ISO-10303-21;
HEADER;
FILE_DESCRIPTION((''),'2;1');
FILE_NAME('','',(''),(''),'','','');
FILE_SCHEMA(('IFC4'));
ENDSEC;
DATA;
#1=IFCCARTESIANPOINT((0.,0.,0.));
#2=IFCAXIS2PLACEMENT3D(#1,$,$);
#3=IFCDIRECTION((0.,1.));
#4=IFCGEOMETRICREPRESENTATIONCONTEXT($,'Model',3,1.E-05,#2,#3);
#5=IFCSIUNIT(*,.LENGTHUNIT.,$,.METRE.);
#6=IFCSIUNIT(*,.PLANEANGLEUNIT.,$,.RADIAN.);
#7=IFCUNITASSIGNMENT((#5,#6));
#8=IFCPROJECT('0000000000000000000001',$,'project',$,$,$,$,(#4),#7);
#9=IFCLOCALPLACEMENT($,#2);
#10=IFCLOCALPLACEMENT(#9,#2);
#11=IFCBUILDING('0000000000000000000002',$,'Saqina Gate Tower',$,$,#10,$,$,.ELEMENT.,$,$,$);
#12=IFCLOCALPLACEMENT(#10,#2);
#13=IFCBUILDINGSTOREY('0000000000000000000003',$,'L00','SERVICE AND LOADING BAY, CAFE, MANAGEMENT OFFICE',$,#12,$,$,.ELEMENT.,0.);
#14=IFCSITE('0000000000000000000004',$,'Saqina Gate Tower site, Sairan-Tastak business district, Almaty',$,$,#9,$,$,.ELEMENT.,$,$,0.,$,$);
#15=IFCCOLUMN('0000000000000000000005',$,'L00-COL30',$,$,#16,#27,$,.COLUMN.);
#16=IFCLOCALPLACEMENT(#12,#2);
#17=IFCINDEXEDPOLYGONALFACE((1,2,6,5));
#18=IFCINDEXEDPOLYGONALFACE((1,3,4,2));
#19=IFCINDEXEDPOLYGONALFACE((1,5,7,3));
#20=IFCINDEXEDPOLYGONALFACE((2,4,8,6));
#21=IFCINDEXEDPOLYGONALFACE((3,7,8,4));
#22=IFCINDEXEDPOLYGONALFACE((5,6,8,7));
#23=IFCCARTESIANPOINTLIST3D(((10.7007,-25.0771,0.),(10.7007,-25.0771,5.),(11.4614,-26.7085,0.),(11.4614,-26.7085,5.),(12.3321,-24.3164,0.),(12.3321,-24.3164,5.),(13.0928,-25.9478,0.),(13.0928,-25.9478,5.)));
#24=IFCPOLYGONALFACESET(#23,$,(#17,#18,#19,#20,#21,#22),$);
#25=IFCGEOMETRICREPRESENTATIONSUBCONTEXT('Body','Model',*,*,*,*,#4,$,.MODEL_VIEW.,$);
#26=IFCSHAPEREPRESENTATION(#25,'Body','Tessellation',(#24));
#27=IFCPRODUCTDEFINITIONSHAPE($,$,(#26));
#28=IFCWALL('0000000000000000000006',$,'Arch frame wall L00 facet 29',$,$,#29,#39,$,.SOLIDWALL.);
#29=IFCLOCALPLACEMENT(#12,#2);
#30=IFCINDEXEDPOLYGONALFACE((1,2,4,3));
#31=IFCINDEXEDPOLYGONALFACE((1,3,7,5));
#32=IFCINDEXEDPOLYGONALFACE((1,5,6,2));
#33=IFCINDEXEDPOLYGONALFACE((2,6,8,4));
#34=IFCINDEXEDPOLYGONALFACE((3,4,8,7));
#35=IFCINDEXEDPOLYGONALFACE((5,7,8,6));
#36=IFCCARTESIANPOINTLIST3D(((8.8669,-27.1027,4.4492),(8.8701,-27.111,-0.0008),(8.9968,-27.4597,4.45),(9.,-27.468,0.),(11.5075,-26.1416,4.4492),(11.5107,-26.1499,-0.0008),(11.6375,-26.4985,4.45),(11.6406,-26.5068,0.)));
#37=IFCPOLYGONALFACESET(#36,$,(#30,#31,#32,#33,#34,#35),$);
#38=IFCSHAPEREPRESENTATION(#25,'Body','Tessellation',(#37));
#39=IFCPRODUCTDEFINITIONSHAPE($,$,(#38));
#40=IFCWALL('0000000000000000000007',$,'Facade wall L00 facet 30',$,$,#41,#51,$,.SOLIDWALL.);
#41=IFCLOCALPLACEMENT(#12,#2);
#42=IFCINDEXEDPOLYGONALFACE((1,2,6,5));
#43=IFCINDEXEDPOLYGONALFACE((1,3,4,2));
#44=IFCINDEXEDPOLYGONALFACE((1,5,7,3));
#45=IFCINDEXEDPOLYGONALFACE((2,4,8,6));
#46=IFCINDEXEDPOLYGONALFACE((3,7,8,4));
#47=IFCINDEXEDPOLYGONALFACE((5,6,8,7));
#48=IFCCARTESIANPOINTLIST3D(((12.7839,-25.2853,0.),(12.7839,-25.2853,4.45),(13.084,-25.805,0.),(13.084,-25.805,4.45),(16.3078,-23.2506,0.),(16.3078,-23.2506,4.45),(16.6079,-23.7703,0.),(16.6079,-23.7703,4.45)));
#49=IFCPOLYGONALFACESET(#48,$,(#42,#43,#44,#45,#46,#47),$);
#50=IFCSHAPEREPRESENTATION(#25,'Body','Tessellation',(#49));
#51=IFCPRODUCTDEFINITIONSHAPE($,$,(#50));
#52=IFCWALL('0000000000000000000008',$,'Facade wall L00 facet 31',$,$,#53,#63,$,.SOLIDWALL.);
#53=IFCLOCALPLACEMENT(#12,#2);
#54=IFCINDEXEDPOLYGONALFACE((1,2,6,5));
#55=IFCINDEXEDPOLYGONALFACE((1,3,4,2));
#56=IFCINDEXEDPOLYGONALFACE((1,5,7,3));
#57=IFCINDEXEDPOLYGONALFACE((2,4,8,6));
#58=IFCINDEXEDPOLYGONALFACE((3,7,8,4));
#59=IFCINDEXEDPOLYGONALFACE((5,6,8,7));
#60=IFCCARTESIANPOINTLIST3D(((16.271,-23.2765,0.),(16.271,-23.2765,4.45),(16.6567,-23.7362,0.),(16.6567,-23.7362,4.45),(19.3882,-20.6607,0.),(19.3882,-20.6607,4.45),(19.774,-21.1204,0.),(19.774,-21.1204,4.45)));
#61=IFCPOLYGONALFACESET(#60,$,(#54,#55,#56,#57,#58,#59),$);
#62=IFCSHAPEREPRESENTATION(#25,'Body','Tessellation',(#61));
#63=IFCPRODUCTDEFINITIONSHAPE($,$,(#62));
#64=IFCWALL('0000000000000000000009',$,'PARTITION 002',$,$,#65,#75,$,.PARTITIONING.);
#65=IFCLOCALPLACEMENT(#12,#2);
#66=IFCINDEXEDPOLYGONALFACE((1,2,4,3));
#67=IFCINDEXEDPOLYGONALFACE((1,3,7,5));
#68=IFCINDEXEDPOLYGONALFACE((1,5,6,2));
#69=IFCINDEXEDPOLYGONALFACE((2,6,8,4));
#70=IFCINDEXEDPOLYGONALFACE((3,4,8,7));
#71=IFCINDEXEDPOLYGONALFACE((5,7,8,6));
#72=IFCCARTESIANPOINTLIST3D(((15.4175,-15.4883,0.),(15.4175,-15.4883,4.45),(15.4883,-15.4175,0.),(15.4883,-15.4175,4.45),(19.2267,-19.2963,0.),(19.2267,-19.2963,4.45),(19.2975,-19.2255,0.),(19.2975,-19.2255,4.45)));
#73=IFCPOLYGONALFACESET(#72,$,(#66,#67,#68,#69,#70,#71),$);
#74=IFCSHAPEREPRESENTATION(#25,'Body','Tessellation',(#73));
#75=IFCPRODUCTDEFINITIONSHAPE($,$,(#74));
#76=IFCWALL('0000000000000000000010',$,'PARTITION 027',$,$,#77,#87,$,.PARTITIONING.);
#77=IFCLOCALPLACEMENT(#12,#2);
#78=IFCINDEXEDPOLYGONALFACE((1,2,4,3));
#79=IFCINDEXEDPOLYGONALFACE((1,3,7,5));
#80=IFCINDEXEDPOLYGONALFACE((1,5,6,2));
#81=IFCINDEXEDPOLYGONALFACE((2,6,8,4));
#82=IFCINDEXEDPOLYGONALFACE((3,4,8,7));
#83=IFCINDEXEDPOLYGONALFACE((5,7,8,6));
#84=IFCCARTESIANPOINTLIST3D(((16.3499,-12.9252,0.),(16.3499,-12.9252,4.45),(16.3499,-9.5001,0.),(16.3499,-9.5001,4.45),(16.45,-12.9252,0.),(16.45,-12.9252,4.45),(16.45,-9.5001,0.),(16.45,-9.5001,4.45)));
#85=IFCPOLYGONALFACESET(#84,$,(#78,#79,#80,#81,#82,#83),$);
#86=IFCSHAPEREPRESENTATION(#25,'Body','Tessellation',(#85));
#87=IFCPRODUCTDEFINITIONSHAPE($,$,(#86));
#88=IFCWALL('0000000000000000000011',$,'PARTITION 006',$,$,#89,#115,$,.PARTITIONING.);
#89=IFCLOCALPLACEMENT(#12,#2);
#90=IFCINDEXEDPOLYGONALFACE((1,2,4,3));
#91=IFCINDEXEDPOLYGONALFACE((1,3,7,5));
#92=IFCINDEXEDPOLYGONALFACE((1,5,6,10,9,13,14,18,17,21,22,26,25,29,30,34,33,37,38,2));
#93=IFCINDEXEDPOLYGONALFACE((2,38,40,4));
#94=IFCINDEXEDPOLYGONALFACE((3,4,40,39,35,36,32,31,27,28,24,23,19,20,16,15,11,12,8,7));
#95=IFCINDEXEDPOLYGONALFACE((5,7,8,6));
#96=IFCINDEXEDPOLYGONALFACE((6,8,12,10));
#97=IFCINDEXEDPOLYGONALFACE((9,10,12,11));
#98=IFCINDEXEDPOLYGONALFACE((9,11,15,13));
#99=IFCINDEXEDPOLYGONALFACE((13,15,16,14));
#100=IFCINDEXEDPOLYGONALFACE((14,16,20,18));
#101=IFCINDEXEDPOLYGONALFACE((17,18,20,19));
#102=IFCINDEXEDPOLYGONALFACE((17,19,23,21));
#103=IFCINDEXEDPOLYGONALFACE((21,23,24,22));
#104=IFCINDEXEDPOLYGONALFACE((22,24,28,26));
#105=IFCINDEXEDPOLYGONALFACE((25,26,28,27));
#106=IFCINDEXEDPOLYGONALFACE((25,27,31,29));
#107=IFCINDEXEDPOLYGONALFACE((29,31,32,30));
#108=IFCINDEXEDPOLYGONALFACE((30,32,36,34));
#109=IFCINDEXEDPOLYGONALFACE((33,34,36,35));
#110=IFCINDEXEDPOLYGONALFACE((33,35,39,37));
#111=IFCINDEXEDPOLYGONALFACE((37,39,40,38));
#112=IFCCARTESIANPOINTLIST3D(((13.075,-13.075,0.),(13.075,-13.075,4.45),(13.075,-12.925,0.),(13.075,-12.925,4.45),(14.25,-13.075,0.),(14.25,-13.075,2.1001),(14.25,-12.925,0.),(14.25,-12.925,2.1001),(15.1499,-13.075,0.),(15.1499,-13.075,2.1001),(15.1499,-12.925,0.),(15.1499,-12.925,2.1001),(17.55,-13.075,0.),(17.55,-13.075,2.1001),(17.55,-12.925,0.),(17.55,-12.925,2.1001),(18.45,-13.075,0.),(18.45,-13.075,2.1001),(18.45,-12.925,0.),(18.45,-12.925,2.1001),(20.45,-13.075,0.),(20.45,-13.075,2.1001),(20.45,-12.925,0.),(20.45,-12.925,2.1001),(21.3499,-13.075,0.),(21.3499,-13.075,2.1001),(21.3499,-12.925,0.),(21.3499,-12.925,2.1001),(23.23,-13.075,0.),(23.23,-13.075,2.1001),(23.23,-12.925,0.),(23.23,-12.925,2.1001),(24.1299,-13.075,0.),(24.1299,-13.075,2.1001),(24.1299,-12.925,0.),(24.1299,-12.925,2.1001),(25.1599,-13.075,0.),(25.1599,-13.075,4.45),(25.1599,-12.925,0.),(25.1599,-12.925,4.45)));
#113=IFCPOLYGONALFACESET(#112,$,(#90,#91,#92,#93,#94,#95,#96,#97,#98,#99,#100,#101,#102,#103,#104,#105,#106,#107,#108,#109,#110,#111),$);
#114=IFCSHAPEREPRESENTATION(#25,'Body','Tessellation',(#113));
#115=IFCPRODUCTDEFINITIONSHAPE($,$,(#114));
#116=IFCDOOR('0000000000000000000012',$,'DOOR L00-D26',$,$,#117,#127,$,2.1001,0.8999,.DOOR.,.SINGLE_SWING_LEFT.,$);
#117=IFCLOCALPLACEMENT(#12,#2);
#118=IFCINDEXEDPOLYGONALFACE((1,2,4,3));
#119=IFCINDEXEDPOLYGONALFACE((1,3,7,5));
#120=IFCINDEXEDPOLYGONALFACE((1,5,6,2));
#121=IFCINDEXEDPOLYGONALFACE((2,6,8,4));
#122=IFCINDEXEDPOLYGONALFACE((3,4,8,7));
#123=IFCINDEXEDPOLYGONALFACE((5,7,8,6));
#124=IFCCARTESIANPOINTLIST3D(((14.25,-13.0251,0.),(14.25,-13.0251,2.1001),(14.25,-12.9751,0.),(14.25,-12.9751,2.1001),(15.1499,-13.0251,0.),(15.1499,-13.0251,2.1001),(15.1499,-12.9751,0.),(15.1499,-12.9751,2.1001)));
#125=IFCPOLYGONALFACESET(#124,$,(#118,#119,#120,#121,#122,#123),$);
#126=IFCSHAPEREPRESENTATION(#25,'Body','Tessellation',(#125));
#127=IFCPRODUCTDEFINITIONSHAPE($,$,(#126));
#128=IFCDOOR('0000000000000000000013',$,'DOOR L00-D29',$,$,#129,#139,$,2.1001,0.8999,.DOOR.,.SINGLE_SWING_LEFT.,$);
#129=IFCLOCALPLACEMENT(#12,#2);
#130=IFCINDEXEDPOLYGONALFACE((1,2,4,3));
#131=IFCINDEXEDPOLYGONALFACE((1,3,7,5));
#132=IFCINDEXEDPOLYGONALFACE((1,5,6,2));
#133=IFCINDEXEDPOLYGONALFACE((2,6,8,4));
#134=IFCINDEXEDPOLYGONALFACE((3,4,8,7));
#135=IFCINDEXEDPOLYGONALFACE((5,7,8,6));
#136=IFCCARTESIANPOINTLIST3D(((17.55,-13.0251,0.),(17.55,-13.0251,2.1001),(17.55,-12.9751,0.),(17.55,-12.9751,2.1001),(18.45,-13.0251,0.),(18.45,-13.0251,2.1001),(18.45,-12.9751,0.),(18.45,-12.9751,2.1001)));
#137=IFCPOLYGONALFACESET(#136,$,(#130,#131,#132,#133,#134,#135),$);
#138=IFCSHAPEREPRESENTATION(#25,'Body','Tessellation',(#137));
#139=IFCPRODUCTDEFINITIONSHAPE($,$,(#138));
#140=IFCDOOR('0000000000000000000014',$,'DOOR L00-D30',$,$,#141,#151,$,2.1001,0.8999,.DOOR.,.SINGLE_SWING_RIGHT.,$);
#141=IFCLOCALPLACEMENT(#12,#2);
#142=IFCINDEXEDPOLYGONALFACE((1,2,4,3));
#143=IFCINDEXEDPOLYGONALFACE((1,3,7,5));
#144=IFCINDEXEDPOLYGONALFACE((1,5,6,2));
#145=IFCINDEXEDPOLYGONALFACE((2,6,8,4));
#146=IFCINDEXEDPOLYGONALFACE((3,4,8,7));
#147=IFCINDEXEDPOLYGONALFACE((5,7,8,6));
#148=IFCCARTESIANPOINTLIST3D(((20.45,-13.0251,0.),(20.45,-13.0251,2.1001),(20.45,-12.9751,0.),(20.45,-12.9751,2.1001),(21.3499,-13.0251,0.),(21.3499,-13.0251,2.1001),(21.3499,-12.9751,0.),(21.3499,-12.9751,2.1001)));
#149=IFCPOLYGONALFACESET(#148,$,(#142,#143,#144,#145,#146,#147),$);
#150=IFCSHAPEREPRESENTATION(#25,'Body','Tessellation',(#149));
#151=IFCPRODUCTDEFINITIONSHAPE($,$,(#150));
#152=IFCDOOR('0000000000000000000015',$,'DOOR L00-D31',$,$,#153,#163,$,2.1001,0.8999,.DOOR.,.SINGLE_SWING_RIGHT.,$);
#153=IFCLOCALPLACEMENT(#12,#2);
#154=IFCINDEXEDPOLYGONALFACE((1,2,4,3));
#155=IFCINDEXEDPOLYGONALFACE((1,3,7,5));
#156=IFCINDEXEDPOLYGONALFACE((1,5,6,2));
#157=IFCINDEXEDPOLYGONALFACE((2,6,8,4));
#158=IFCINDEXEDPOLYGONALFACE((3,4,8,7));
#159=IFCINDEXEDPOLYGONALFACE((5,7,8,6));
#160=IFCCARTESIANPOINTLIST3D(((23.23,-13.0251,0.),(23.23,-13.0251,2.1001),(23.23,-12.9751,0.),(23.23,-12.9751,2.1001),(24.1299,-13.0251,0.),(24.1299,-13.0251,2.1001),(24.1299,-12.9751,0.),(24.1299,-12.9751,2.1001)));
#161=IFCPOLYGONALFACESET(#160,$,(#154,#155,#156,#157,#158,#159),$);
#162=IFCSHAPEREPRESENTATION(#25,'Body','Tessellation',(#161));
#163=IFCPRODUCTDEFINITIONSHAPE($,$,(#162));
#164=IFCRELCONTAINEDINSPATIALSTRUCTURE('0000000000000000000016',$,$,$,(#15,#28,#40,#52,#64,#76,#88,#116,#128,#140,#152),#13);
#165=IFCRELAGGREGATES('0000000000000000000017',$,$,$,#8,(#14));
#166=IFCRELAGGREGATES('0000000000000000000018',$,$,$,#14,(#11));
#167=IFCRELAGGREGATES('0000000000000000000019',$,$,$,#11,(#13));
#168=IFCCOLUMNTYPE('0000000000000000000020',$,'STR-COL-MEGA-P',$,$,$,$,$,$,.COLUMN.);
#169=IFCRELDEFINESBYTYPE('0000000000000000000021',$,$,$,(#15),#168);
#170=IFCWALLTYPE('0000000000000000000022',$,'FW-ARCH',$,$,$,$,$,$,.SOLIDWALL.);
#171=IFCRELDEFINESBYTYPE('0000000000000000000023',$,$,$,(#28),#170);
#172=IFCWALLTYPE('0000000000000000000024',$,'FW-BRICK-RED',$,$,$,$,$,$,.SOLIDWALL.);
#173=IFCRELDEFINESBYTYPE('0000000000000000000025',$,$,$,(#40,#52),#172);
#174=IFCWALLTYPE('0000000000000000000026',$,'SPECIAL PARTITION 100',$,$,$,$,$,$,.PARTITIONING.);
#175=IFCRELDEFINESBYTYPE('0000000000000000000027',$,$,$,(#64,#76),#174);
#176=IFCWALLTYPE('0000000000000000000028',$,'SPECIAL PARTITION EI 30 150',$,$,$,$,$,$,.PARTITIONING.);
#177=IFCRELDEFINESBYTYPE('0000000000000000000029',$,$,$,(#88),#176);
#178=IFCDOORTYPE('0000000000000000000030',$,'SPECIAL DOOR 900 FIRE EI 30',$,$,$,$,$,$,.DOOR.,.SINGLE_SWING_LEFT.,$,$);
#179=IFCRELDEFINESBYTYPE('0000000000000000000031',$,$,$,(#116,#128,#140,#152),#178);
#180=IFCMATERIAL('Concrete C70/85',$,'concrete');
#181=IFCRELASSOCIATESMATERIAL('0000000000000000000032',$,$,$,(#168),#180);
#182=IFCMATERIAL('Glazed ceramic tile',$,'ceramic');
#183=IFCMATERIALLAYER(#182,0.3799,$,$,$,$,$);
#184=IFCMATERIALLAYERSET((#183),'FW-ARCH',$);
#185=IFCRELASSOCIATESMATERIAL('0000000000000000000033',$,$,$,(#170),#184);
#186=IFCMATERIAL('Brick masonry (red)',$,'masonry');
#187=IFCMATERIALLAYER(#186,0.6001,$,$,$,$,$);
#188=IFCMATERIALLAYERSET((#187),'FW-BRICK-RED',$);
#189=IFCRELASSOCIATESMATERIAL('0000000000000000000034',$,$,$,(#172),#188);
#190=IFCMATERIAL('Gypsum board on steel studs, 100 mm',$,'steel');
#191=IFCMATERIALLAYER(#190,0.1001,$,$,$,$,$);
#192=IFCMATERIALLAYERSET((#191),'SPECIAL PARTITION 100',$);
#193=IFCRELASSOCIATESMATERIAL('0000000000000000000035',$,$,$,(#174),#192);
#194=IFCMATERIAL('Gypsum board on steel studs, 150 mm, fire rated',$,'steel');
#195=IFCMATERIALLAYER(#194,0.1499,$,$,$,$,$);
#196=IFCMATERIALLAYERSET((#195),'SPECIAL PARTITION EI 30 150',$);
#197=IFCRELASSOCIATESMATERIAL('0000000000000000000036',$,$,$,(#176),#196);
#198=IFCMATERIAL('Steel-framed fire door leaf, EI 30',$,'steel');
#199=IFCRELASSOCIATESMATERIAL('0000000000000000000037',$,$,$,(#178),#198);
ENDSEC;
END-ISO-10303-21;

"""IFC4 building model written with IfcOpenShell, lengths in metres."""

from ifc_helpers import new_model, si_unit, direction, frame, frame_2d, origin, origin_2d, place, context, subcontext, project, spatial, polyline, rectangle, outline, extrude, material, layer, layer_set, material_profile, profile_set, type_object, element, fill, save


model = new_model("IFC4")

# Units and contexts
model_context = context("Model", 3, precision=1e-05, world=origin(), true_north=direction((0.0, 1.0)))
body_context = subcontext(model_context, "Body", "Model", "MODEL_VIEW")
ifc_project = project(units=[si_unit("LENGTHUNIT", "METRE"), si_unit("PLANEANGLEUNIT", "RADIAN")], contexts=[model_context])

# Site, building, storey
site_placement = place(None, origin())
site = spatial("IfcSite", under=ifc_project, at=site_placement, Name="Saqina Gate Tower site, Sairan-Tastak business district, Almaty", CompositionType="ELEMENT", RefElevation=0.0)
building_placement = place(site_placement, origin())
building = spatial("IfcBuilding", under=site, at=building_placement, Name="Saqina Gate Tower", CompositionType="ELEMENT")
storey_placement = place(building_placement, origin())
storey = spatial("IfcBuildingStorey", under=building, at=storey_placement, Name="L00", Description="SERVICE AND LOADING BAY, CAFE, MANAGEMENT OFFICE", CompositionType="ELEMENT", Elevation=0.0)

# Column
ifc_material_1 = material(Name="Concrete C70/85", Category="concrete")
ifc_material_profile = material_profile(ifc_material_1, rectangle(XDim=1.8, YDim=1.8, at=origin_2d()), Name="RC 1800x1800")
ifc_profile_set = profile_set([ifc_material_profile], Name="Concrete C70/85")
column_type = type_object("IfcColumnType", Name="STR-COL-MEGA-P", PredefinedType="COLUMN", material=ifc_profile_set)
column_placement = place(storey_placement, frame((11.8967, -25.5125, 0.0), z_axis=(0.0, 0.0, 1.0), x_axis=(0.422618, -0.906308, 0.0)))
element("IfcColumn", 1, at=column_placement, inside=storey, type_object=column_type, Name="L00-COL30", PredefinedType="COLUMN", context=body_context, shape_type="SweptSolid", body=[
    extrude(rectangle(XDim=1.8, YDim=1.8, at=origin_2d()), origin(), (0.0, 0.0, 1.0), 5.0),
])

# Walls
ifc_material_2 = material(Name="Glazed ceramic tile", Category="ceramic")
ifc_layer_1 = layer(ifc_material_2, 0.3799)
ifc_layer_set_1 = layer_set([ifc_layer_1], Name="FW-ARCH")
wall_type_1 = type_object("IfcWallType", Name="FW-ARCH", PredefinedType="SOLIDWALL", material=ifc_layer_set_1)
wall_1_placement = place(storey_placement, frame((11.6406, -26.5068, 0.0), z_axis=(0.342042, -0.939682, 0.001997), x_axis=(-0.939684, -0.342043, 0.0)))
element("IfcWall", 2, at=wall_1_placement, inside=storey, type_object=wall_type_1, Name="Arch frame wall L00 facet 29", PredefinedType="SOLIDWALL", context=body_context, shape_type="SweptSolid", body=[
    extrude(outline(polyline([(0.0, 0.0), (2.8101, 0.0), (2.8103, -4.45), (0.0001, -4.45), (0.0, 0.0)])), origin(), (0.0, 0.0, -1.0), 0.3799),
])
ifc_material_3 = material(Name="Brick masonry (red)", Category="masonry")
ifc_layer_2 = layer(ifc_material_3, 0.6001)
ifc_layer_set_2 = layer_set([ifc_layer_2], Name="FW-BRICK-RED")
wall_type_2 = type_object("IfcWallType", Name="FW-BRICK-RED", PredefinedType="SOLIDWALL", material=ifc_layer_set_2)
wall_2_placement = place(storey_placement, frame((12.9338, -25.5452, 0.0), z_axis=(0.0, 0.0, 1.0), x_axis=(0.866012, 0.500024, 0.0)))
element("IfcWall", 3, at=wall_2_placement, inside=storey, type_object=wall_type_2, Name="Facade wall L00 facet 30", PredefinedType="SOLIDWALL", context=body_context, shape_type="SweptSolid", body=[
    extrude(rectangle(XDim=4.0691, YDim=0.6001, at=frame_2d((2.0347, 0.0))), origin(), (0.0, 0.0, 1.0), 4.45),
])
wall_3_placement = place(storey_placement, frame((16.4639, -23.5063, 0.0), z_axis=(0.0, 0.0, 1.0), x_axis=(0.766033, 0.642801, 0.0)))
element("IfcWall", 4, at=wall_3_placement, inside=storey, type_object=wall_type_2, Name="Facade wall L00 facet 31", PredefinedType="SOLIDWALL", context=body_context, shape_type="SweptSolid", body=[
    extrude(rectangle(XDim=4.0693, YDim=0.6001, at=frame_2d((2.0347, 0.0))), origin(), (0.0, 0.0, 1.0), 4.45),
])
ifc_material_4 = material(Name="Gypsum board on steel studs, 100 mm", Category="steel")
ifc_layer_3 = layer(ifc_material_4, 0.1001)
ifc_layer_set_3 = layer_set([ifc_layer_3], Name="SPECIAL PARTITION 100")
wall_type_3 = type_object("IfcWallType", Name="SPECIAL PARTITION 100", PredefinedType="PARTITIONING", material=ifc_layer_set_3)
wall_4_placement = place(storey_placement, frame((15.4529, -15.4529, 0.0), z_axis=(0.0, 0.0, 1.0), x_axis=(0.70722, -0.706993, 0.0)))
element("IfcWall", 5, at=wall_4_placement, inside=storey, type_object=wall_type_3, Name="PARTITION 002", PredefinedType="PARTITIONING", context=body_context, shape_type="SweptSolid", body=[
    extrude(rectangle(XDim=5.3862, YDim=0.1001, at=frame_2d((2.6931, 0.0))), origin(), (0.0, 0.0, 1.0), 4.45),
])
wall_5_placement = place(storey_placement, frame((16.3999, -12.925, 0.0), z_axis=(0.0, 0.0, 1.0), x_axis=(0.0, 1.0, 0.0)))
element("IfcWall", 6, at=wall_5_placement, inside=storey, type_object=wall_type_3, Name="PARTITION 027", PredefinedType="PARTITIONING", context=body_context, shape_type="SweptSolid", body=[
    extrude(rectangle(XDim=3.425, YDim=0.1001, at=frame_2d((1.7124, 0.0))), origin(), (0.0, 0.0, 1.0), 4.45),
])

# Wall, openings, doors
ifc_material_5 = material(Name="Gypsum board on steel studs, 150 mm, fire rated", Category="steel")
ifc_layer_4 = layer(ifc_material_5, 0.1499)
ifc_layer_set_4 = layer_set([ifc_layer_4], Name="SPECIAL PARTITION EI 30 150")
wall_type_4 = type_object("IfcWallType", Name="SPECIAL PARTITION EI 30 150", PredefinedType="PARTITIONING", material=ifc_layer_set_4)
wall_6_placement = place(storey_placement, frame((13.075, -13.0, 0.0), z_axis=(0.0, 0.0, 1.0), x_axis=(1.0, 0.0, 0.0)))
wall_6 = element("IfcWall", 7, at=wall_6_placement, inside=storey, type_object=wall_type_4, Name="PARTITION 006", PredefinedType="PARTITIONING", context=body_context, shape_type="SweptSolid", body=[
    extrude(rectangle(XDim=12.085, YDim=0.1499, at=frame_2d((6.0425, 0.0))), origin(), (0.0, 0.0, 1.0), 4.45),
])
opening_1_placement = place(wall_6_placement, frame((1.175, 0.0, 0.0)))
opening_1 = element("IfcOpeningElement", 8, at=opening_1_placement, cuts=wall_6, PredefinedType="OPENING", context=body_context, shape_type="SweptSolid", body=[
    extrude(rectangle(XDim=0.8999, YDim=2.1001, at=frame_2d((0.45, 1.05))), frame((0.0, 0.0869, 0.0), z_axis=(0.0, -1.0, 0.0), x_axis=(1.0, 0.0, 0.0)), (0.0, 0.0, 1.0), 0.1738),
])
opening_2_placement = place(wall_6_placement, frame((4.4751, 0.0, 0.0)))
opening_2 = element("IfcOpeningElement", 9, at=opening_2_placement, cuts=wall_6, PredefinedType="OPENING", context=body_context, shape_type="SweptSolid", body=[
    extrude(rectangle(XDim=0.8999, YDim=2.1001, at=frame_2d((0.45, 1.05))), frame((0.0, 0.0869, 0.0), z_axis=(0.0, -1.0, 0.0), x_axis=(1.0, 0.0, 0.0)), (0.0, 0.0, 1.0), 0.1738),
])
opening_3_placement = place(wall_6_placement, frame((7.375, 0.0, 0.0)))
opening_3 = element("IfcOpeningElement", 10, at=opening_3_placement, cuts=wall_6, PredefinedType="OPENING", context=body_context, shape_type="SweptSolid", body=[
    extrude(rectangle(XDim=0.8999, YDim=2.1001, at=frame_2d((0.45, 1.05))), frame((0.0, 0.0869, 0.0), z_axis=(0.0, -1.0, 0.0), x_axis=(1.0, 0.0, 0.0)), (0.0, 0.0, 1.0), 0.1738),
])
opening_4_placement = place(wall_6_placement, frame((10.155, 0.0, 0.0)))
opening_4 = element("IfcOpeningElement", 11, at=opening_4_placement, cuts=wall_6, PredefinedType="OPENING", context=body_context, shape_type="SweptSolid", body=[
    extrude(rectangle(XDim=0.8999, YDim=2.1001, at=frame_2d((0.45, 1.05))), frame((0.0, 0.0869, 0.0), z_axis=(0.0, -1.0, 0.0), x_axis=(1.0, 0.0, 0.0)), (0.0, 0.0, 1.0), 0.1738),
])
ifc_material_6 = material(Name="Steel-framed fire door leaf, EI 30", Category="steel")
door_type_1 = type_object("IfcDoorType", Name="SPECIAL DOOR 900 FIRE EI 30", OperationType="SINGLE_SWING_LEFT", PredefinedType="DOOR", material=ifc_material_6)
door_1_placement = place(opening_1_placement, origin())
door_1 = element("IfcDoor", 12, at=door_1_placement, inside=storey, type_object=door_type_1, Name="DOOR L00-D26", OperationType="SINGLE_SWING_LEFT", OverallHeight=2.1001, OverallWidth=0.8999, PredefinedType="DOOR", context=body_context, shape_type="SweptSolid", body=[
    extrude(rectangle(XDim=0.8999, YDim=2.1001, at=frame_2d((0.45, 1.05))), frame((0.0, 0.0249, 0.0), z_axis=(0.0, -1.0, 0.0), x_axis=(1.0, 0.0, 0.0)), (0.0, 0.0, 1.0), 0.05),
])
fill(opening_1, door_1)
door_2_placement = place(opening_2_placement, origin())
door_2 = element("IfcDoor", 13, at=door_2_placement, inside=storey, type_object=door_type_1, Name="DOOR L00-D29", OperationType="SINGLE_SWING_LEFT", OverallHeight=2.1001, OverallWidth=0.8999, PredefinedType="DOOR", context=body_context, shape_type="SweptSolid", body=[
    extrude(rectangle(XDim=0.8999, YDim=2.1001, at=frame_2d((0.45, 1.05))), frame((0.0, 0.0249, 0.0), z_axis=(0.0, -1.0, 0.0), x_axis=(1.0, 0.0, 0.0)), (0.0, 0.0, 1.0), 0.05),
])
fill(opening_2, door_2)
door_3_placement = place(opening_3_placement, origin())
door_3 = element("IfcDoor", 14, at=door_3_placement, inside=storey, type_object=door_type_1, Name="DOOR L00-D30", OperationType="SINGLE_SWING_RIGHT", OverallHeight=2.1001, OverallWidth=0.8999, PredefinedType="DOOR", context=body_context, shape_type="SweptSolid", body=[
    extrude(rectangle(XDim=0.8999, YDim=2.1001, at=frame_2d((0.45, 1.05))), frame((0.0, 0.0249, 0.0), z_axis=(0.0, -1.0, 0.0), x_axis=(1.0, 0.0, 0.0)), (0.0, 0.0, 1.0), 0.05),
])
fill(opening_3, door_3)
door_4_placement = place(opening_4_placement, origin())
door_4 = element("IfcDoor", 15, at=door_4_placement, inside=storey, type_object=door_type_1, Name="DOOR L00-D31", OperationType="SINGLE_SWING_RIGHT", OverallHeight=2.1001, OverallWidth=0.8999, PredefinedType="DOOR", context=body_context, shape_type="SweptSolid", body=[
    extrude(rectangle(XDim=0.8999, YDim=2.1001, at=frame_2d((0.45, 1.05))), frame((0.0, 0.0249, 0.0), z_axis=(0.0, -1.0, 0.0), x_axis=(1.0, 0.0, 0.0)), (0.0, 0.0, 1.0), 0.05),
])
fill(opening_4, door_4)

save(model, "model.ifc")
